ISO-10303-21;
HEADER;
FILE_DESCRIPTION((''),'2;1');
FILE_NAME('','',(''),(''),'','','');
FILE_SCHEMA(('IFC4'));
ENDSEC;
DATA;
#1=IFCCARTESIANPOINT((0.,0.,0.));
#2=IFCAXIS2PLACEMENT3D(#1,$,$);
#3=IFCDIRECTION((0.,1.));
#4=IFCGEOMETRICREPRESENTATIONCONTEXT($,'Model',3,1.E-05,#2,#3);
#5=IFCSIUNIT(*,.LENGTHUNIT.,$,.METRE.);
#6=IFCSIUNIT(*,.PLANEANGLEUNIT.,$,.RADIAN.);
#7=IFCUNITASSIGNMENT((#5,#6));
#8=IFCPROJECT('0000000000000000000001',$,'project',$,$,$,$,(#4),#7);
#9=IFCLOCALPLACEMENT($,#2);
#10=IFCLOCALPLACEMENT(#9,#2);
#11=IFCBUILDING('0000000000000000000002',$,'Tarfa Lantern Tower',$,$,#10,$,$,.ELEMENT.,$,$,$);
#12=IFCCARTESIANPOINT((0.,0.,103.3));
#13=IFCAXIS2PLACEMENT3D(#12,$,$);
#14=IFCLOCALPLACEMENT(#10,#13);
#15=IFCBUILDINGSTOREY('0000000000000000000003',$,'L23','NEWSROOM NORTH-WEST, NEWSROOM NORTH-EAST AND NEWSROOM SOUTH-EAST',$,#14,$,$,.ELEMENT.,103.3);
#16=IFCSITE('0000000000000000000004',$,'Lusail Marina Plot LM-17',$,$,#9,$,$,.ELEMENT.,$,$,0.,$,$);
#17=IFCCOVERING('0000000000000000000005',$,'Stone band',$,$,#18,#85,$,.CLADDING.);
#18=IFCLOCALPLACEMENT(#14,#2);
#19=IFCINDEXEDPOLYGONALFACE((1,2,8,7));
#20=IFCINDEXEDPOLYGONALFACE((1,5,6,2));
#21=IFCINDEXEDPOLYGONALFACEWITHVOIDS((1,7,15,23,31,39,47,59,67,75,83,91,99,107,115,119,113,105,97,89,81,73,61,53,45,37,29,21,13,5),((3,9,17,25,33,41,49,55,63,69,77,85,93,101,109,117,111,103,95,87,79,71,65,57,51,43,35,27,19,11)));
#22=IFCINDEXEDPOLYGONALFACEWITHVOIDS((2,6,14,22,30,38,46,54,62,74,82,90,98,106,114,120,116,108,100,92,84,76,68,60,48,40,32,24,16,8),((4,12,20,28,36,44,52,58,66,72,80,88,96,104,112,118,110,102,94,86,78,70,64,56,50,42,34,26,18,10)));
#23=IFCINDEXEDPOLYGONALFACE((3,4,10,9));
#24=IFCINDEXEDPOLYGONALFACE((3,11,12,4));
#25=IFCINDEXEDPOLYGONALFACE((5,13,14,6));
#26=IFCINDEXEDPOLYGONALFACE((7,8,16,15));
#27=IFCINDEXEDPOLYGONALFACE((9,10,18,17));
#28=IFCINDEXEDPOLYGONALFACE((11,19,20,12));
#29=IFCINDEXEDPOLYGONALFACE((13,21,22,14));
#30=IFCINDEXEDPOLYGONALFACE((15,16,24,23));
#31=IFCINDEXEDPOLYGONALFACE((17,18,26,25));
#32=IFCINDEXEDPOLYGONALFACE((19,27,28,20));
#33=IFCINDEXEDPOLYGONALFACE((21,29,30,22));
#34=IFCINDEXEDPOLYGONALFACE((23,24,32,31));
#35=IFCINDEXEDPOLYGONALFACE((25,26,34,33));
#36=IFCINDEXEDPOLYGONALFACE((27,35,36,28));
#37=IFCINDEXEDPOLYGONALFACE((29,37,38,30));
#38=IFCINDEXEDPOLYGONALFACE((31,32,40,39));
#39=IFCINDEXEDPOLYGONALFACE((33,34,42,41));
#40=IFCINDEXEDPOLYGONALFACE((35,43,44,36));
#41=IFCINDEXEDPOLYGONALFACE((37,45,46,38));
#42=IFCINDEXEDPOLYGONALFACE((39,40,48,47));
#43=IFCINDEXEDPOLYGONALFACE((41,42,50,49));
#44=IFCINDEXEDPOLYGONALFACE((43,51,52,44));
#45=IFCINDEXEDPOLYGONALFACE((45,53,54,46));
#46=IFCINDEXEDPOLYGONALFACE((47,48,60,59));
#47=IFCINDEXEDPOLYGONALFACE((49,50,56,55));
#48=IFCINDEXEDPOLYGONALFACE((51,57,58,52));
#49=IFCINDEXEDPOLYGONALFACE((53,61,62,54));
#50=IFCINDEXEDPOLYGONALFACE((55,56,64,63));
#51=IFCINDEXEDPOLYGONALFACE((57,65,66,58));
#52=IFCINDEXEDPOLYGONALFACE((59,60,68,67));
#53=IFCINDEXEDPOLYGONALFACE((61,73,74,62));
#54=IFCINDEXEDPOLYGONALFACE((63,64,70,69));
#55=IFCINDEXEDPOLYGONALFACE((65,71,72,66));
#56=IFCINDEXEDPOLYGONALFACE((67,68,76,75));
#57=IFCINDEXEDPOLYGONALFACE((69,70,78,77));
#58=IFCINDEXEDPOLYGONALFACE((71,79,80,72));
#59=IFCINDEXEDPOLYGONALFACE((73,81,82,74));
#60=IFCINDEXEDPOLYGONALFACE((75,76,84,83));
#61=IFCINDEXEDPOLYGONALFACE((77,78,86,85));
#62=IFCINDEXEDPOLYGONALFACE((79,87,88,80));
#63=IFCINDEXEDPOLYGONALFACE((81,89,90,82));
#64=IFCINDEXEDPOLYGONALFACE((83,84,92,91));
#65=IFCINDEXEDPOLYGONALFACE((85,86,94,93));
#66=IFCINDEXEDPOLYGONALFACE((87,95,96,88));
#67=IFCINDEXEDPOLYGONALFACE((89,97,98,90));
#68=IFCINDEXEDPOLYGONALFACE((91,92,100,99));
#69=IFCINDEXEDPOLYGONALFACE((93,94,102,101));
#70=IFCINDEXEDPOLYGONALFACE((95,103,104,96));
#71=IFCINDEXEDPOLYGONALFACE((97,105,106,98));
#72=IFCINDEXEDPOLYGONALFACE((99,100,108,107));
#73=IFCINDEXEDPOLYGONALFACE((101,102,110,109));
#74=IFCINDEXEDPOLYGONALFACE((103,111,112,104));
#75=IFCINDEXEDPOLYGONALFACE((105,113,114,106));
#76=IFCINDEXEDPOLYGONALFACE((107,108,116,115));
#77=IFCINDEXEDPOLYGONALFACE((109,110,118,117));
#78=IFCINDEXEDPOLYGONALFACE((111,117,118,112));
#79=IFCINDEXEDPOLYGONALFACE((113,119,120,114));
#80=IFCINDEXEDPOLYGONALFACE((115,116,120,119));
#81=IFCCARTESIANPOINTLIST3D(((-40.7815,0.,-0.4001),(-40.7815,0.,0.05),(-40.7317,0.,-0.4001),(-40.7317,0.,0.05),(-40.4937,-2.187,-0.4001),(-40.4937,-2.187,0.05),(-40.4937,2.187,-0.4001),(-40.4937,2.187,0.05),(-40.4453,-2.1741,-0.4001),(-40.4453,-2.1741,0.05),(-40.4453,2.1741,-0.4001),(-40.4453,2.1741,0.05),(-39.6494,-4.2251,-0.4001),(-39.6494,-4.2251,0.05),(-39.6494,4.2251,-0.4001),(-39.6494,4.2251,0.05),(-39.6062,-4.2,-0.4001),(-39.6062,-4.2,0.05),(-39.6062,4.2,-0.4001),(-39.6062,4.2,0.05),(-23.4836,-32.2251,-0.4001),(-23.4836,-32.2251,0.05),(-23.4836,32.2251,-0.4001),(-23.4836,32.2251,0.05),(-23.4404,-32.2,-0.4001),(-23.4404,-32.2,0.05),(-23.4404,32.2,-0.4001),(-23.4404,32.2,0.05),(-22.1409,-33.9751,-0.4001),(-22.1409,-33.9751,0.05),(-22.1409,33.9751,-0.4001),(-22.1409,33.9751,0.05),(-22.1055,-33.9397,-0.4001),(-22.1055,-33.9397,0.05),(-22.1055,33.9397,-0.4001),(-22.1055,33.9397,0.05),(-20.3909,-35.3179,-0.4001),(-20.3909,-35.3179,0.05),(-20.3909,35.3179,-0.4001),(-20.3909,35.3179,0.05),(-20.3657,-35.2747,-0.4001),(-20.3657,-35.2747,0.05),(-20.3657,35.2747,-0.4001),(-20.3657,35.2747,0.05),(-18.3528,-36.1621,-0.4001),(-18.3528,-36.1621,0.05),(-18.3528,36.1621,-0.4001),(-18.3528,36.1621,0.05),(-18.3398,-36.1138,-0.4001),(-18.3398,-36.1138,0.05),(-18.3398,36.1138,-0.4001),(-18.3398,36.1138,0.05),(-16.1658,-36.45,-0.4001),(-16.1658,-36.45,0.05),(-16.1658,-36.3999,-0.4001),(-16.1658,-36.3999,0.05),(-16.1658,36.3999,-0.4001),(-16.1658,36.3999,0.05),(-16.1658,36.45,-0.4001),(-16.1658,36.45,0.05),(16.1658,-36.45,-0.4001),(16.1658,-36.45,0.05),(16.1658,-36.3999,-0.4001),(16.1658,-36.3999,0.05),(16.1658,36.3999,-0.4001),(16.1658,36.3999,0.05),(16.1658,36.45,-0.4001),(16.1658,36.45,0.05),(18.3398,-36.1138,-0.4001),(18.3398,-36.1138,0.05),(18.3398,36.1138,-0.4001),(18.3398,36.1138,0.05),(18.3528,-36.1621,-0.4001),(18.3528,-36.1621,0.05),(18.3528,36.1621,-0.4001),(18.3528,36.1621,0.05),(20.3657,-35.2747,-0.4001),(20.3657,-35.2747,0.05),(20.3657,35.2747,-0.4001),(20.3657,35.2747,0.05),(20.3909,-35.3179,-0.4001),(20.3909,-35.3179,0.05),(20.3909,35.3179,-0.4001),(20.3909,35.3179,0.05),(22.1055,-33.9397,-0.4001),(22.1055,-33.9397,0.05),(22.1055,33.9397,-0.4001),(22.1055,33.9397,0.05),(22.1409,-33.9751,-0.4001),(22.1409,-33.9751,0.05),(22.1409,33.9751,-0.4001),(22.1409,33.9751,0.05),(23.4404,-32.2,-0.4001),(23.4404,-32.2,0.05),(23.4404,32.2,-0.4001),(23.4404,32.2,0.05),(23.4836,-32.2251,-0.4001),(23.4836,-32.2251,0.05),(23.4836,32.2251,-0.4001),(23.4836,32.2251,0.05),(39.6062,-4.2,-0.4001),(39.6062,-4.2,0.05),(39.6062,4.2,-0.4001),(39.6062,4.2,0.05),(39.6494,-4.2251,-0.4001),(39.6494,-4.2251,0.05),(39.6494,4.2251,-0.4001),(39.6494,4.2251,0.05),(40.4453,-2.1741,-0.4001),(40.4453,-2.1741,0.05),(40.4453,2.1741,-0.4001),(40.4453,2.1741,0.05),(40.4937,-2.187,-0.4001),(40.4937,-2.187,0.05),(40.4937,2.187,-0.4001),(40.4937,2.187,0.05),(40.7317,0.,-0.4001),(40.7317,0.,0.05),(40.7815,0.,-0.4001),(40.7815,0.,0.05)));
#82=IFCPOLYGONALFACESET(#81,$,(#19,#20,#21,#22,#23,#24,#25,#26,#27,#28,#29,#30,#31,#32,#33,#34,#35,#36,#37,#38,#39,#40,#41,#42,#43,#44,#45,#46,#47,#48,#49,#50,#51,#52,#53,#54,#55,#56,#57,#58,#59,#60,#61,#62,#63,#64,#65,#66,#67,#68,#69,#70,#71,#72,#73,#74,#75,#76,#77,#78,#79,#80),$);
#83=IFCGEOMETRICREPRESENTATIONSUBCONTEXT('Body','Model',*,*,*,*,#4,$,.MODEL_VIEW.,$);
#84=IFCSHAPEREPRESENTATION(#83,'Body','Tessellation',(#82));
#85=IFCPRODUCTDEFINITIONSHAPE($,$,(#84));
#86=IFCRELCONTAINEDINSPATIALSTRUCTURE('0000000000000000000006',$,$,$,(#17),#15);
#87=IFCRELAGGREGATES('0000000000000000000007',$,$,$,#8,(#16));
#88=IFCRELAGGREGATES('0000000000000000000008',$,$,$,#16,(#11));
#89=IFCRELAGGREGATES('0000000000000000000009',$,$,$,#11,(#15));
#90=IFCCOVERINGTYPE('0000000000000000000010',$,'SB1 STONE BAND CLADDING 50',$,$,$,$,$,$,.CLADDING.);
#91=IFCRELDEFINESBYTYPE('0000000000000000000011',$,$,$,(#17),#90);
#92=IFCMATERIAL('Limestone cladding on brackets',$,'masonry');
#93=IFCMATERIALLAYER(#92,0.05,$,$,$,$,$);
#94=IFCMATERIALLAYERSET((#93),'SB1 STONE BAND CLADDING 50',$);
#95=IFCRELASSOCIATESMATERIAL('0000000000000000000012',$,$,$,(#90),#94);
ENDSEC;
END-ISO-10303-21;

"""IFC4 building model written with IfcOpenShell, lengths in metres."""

from ifc_helpers import new_model, si_unit, direction, frame, origin, place, context, subcontext, project, spatial, polyline, outline, extrude, material, layer, layer_set, type_object, element, save


model = new_model("IFC4")

# Units and contexts
model_context = context("Model", 3, precision=1e-05, world=origin(), true_north=direction((0.0, 1.0)))
body_context = subcontext(model_context, "Body", "Model", "MODEL_VIEW")
ifc_project = project(units=[si_unit("LENGTHUNIT", "METRE"), si_unit("PLANEANGLEUNIT", "RADIAN")], contexts=[model_context])

# Site, building, storey
site_placement = place(None, origin())
site = spatial("IfcSite", under=ifc_project, at=site_placement, Name="Lusail Marina Plot LM-17", CompositionType="ELEMENT", RefElevation=0.0)
building_placement = place(site_placement, origin())
building = spatial("IfcBuilding", under=site, at=building_placement, Name="Tarfa Lantern Tower", CompositionType="ELEMENT")
storey_placement = place(building_placement, frame((0.0, 0.0, 103.3)))
storey = spatial("IfcBuildingStorey", under=building, at=storey_placement, Name="L23", Description="NEWSROOM NORTH-WEST, NEWSROOM NORTH-EAST AND NEWSROOM SOUTH-EAST", CompositionType="ELEMENT", Elevation=103.3)

# Covering
ifc_material_1 = material(Name="Limestone cladding on brackets", Category="masonry")
ifc_layer_1 = layer(ifc_material_1, 0.05)
ifc_layer_set_1 = layer_set([ifc_layer_1], Name="SB1 STONE BAND CLADDING 50")
covering_type_1 = type_object("IfcCoveringType", Name="SB1 STONE BAND CLADDING 50", PredefinedType="CLADDING", material=ifc_layer_set_1)
covering_1_placement = place(storey_placement, frame((0.0, 0.0, -0.4001)))
element("IfcCovering", 1, at=covering_1_placement, inside=storey, type_object=covering_type_1, Name="Stone band", PredefinedType="CLADDING", context=body_context, shape_type="SweptSolid", body=[
    extrude(outline(polyline([(39.6494, 4.2251), (23.4836, 32.2251), (22.1409, 33.9751), (20.3909, 35.3179), (18.3528, 36.1621), (16.1658, 36.45), (-16.1658, 36.45), (-18.3528, 36.1621), (-20.3909, 35.3179), (-22.1409, 33.9751), (-23.4836, 32.2251), (-39.6494, 4.2251), (-40.4937, 2.187), (-40.7815, 0.0), (-40.4937, -2.187), (-39.6494, -4.2251), (-23.4836, -32.2251), (-22.1409, -33.9751), (-20.3909, -35.3179), (-18.3528, -36.1621), (-16.1658, -36.45), (16.1658, -36.45), (18.3528, -36.1621), (20.3909, -35.3179), (22.1409, -33.9751), (23.4836, -32.2251), (39.6494, -4.2251), (40.4937, -2.187), (40.7815, 0.0), (40.4937, 2.187), (39.6494, 4.2251)]), holes=[polyline([(39.6062, 4.2), (23.4404, 32.2), (22.1055, 33.9397), (20.3657, 35.2747), (18.3398, 36.1138), (16.1658, 36.3999), (-16.1658, 36.3999), (-18.3398, 36.1138), (-20.3657, 35.2747), (-22.1055, 33.9397), (-23.4404, 32.2), (-39.6062, 4.2), (-40.4453, 2.1741), (-40.7317, 0.0), (-40.4453, -2.1741), (-39.6062, -4.2), (-23.4404, -32.2), (-22.1055, -33.9397), (-20.3657, -35.2747), (-18.3398, -36.1138), (-16.1658, -36.3999), (16.1658, -36.3999), (18.3398, -36.1138), (20.3657, -35.2747), (22.1055, -33.9397), (23.4404, -32.2), (39.6062, -4.2), (40.4453, -2.1741), (40.7317, 0.0), (40.4453, 2.1741), (39.6062, 4.2)])]), origin(), (0.0, 0.0, 1.0), 0.4502),
])

save(model, "model.ifc")
